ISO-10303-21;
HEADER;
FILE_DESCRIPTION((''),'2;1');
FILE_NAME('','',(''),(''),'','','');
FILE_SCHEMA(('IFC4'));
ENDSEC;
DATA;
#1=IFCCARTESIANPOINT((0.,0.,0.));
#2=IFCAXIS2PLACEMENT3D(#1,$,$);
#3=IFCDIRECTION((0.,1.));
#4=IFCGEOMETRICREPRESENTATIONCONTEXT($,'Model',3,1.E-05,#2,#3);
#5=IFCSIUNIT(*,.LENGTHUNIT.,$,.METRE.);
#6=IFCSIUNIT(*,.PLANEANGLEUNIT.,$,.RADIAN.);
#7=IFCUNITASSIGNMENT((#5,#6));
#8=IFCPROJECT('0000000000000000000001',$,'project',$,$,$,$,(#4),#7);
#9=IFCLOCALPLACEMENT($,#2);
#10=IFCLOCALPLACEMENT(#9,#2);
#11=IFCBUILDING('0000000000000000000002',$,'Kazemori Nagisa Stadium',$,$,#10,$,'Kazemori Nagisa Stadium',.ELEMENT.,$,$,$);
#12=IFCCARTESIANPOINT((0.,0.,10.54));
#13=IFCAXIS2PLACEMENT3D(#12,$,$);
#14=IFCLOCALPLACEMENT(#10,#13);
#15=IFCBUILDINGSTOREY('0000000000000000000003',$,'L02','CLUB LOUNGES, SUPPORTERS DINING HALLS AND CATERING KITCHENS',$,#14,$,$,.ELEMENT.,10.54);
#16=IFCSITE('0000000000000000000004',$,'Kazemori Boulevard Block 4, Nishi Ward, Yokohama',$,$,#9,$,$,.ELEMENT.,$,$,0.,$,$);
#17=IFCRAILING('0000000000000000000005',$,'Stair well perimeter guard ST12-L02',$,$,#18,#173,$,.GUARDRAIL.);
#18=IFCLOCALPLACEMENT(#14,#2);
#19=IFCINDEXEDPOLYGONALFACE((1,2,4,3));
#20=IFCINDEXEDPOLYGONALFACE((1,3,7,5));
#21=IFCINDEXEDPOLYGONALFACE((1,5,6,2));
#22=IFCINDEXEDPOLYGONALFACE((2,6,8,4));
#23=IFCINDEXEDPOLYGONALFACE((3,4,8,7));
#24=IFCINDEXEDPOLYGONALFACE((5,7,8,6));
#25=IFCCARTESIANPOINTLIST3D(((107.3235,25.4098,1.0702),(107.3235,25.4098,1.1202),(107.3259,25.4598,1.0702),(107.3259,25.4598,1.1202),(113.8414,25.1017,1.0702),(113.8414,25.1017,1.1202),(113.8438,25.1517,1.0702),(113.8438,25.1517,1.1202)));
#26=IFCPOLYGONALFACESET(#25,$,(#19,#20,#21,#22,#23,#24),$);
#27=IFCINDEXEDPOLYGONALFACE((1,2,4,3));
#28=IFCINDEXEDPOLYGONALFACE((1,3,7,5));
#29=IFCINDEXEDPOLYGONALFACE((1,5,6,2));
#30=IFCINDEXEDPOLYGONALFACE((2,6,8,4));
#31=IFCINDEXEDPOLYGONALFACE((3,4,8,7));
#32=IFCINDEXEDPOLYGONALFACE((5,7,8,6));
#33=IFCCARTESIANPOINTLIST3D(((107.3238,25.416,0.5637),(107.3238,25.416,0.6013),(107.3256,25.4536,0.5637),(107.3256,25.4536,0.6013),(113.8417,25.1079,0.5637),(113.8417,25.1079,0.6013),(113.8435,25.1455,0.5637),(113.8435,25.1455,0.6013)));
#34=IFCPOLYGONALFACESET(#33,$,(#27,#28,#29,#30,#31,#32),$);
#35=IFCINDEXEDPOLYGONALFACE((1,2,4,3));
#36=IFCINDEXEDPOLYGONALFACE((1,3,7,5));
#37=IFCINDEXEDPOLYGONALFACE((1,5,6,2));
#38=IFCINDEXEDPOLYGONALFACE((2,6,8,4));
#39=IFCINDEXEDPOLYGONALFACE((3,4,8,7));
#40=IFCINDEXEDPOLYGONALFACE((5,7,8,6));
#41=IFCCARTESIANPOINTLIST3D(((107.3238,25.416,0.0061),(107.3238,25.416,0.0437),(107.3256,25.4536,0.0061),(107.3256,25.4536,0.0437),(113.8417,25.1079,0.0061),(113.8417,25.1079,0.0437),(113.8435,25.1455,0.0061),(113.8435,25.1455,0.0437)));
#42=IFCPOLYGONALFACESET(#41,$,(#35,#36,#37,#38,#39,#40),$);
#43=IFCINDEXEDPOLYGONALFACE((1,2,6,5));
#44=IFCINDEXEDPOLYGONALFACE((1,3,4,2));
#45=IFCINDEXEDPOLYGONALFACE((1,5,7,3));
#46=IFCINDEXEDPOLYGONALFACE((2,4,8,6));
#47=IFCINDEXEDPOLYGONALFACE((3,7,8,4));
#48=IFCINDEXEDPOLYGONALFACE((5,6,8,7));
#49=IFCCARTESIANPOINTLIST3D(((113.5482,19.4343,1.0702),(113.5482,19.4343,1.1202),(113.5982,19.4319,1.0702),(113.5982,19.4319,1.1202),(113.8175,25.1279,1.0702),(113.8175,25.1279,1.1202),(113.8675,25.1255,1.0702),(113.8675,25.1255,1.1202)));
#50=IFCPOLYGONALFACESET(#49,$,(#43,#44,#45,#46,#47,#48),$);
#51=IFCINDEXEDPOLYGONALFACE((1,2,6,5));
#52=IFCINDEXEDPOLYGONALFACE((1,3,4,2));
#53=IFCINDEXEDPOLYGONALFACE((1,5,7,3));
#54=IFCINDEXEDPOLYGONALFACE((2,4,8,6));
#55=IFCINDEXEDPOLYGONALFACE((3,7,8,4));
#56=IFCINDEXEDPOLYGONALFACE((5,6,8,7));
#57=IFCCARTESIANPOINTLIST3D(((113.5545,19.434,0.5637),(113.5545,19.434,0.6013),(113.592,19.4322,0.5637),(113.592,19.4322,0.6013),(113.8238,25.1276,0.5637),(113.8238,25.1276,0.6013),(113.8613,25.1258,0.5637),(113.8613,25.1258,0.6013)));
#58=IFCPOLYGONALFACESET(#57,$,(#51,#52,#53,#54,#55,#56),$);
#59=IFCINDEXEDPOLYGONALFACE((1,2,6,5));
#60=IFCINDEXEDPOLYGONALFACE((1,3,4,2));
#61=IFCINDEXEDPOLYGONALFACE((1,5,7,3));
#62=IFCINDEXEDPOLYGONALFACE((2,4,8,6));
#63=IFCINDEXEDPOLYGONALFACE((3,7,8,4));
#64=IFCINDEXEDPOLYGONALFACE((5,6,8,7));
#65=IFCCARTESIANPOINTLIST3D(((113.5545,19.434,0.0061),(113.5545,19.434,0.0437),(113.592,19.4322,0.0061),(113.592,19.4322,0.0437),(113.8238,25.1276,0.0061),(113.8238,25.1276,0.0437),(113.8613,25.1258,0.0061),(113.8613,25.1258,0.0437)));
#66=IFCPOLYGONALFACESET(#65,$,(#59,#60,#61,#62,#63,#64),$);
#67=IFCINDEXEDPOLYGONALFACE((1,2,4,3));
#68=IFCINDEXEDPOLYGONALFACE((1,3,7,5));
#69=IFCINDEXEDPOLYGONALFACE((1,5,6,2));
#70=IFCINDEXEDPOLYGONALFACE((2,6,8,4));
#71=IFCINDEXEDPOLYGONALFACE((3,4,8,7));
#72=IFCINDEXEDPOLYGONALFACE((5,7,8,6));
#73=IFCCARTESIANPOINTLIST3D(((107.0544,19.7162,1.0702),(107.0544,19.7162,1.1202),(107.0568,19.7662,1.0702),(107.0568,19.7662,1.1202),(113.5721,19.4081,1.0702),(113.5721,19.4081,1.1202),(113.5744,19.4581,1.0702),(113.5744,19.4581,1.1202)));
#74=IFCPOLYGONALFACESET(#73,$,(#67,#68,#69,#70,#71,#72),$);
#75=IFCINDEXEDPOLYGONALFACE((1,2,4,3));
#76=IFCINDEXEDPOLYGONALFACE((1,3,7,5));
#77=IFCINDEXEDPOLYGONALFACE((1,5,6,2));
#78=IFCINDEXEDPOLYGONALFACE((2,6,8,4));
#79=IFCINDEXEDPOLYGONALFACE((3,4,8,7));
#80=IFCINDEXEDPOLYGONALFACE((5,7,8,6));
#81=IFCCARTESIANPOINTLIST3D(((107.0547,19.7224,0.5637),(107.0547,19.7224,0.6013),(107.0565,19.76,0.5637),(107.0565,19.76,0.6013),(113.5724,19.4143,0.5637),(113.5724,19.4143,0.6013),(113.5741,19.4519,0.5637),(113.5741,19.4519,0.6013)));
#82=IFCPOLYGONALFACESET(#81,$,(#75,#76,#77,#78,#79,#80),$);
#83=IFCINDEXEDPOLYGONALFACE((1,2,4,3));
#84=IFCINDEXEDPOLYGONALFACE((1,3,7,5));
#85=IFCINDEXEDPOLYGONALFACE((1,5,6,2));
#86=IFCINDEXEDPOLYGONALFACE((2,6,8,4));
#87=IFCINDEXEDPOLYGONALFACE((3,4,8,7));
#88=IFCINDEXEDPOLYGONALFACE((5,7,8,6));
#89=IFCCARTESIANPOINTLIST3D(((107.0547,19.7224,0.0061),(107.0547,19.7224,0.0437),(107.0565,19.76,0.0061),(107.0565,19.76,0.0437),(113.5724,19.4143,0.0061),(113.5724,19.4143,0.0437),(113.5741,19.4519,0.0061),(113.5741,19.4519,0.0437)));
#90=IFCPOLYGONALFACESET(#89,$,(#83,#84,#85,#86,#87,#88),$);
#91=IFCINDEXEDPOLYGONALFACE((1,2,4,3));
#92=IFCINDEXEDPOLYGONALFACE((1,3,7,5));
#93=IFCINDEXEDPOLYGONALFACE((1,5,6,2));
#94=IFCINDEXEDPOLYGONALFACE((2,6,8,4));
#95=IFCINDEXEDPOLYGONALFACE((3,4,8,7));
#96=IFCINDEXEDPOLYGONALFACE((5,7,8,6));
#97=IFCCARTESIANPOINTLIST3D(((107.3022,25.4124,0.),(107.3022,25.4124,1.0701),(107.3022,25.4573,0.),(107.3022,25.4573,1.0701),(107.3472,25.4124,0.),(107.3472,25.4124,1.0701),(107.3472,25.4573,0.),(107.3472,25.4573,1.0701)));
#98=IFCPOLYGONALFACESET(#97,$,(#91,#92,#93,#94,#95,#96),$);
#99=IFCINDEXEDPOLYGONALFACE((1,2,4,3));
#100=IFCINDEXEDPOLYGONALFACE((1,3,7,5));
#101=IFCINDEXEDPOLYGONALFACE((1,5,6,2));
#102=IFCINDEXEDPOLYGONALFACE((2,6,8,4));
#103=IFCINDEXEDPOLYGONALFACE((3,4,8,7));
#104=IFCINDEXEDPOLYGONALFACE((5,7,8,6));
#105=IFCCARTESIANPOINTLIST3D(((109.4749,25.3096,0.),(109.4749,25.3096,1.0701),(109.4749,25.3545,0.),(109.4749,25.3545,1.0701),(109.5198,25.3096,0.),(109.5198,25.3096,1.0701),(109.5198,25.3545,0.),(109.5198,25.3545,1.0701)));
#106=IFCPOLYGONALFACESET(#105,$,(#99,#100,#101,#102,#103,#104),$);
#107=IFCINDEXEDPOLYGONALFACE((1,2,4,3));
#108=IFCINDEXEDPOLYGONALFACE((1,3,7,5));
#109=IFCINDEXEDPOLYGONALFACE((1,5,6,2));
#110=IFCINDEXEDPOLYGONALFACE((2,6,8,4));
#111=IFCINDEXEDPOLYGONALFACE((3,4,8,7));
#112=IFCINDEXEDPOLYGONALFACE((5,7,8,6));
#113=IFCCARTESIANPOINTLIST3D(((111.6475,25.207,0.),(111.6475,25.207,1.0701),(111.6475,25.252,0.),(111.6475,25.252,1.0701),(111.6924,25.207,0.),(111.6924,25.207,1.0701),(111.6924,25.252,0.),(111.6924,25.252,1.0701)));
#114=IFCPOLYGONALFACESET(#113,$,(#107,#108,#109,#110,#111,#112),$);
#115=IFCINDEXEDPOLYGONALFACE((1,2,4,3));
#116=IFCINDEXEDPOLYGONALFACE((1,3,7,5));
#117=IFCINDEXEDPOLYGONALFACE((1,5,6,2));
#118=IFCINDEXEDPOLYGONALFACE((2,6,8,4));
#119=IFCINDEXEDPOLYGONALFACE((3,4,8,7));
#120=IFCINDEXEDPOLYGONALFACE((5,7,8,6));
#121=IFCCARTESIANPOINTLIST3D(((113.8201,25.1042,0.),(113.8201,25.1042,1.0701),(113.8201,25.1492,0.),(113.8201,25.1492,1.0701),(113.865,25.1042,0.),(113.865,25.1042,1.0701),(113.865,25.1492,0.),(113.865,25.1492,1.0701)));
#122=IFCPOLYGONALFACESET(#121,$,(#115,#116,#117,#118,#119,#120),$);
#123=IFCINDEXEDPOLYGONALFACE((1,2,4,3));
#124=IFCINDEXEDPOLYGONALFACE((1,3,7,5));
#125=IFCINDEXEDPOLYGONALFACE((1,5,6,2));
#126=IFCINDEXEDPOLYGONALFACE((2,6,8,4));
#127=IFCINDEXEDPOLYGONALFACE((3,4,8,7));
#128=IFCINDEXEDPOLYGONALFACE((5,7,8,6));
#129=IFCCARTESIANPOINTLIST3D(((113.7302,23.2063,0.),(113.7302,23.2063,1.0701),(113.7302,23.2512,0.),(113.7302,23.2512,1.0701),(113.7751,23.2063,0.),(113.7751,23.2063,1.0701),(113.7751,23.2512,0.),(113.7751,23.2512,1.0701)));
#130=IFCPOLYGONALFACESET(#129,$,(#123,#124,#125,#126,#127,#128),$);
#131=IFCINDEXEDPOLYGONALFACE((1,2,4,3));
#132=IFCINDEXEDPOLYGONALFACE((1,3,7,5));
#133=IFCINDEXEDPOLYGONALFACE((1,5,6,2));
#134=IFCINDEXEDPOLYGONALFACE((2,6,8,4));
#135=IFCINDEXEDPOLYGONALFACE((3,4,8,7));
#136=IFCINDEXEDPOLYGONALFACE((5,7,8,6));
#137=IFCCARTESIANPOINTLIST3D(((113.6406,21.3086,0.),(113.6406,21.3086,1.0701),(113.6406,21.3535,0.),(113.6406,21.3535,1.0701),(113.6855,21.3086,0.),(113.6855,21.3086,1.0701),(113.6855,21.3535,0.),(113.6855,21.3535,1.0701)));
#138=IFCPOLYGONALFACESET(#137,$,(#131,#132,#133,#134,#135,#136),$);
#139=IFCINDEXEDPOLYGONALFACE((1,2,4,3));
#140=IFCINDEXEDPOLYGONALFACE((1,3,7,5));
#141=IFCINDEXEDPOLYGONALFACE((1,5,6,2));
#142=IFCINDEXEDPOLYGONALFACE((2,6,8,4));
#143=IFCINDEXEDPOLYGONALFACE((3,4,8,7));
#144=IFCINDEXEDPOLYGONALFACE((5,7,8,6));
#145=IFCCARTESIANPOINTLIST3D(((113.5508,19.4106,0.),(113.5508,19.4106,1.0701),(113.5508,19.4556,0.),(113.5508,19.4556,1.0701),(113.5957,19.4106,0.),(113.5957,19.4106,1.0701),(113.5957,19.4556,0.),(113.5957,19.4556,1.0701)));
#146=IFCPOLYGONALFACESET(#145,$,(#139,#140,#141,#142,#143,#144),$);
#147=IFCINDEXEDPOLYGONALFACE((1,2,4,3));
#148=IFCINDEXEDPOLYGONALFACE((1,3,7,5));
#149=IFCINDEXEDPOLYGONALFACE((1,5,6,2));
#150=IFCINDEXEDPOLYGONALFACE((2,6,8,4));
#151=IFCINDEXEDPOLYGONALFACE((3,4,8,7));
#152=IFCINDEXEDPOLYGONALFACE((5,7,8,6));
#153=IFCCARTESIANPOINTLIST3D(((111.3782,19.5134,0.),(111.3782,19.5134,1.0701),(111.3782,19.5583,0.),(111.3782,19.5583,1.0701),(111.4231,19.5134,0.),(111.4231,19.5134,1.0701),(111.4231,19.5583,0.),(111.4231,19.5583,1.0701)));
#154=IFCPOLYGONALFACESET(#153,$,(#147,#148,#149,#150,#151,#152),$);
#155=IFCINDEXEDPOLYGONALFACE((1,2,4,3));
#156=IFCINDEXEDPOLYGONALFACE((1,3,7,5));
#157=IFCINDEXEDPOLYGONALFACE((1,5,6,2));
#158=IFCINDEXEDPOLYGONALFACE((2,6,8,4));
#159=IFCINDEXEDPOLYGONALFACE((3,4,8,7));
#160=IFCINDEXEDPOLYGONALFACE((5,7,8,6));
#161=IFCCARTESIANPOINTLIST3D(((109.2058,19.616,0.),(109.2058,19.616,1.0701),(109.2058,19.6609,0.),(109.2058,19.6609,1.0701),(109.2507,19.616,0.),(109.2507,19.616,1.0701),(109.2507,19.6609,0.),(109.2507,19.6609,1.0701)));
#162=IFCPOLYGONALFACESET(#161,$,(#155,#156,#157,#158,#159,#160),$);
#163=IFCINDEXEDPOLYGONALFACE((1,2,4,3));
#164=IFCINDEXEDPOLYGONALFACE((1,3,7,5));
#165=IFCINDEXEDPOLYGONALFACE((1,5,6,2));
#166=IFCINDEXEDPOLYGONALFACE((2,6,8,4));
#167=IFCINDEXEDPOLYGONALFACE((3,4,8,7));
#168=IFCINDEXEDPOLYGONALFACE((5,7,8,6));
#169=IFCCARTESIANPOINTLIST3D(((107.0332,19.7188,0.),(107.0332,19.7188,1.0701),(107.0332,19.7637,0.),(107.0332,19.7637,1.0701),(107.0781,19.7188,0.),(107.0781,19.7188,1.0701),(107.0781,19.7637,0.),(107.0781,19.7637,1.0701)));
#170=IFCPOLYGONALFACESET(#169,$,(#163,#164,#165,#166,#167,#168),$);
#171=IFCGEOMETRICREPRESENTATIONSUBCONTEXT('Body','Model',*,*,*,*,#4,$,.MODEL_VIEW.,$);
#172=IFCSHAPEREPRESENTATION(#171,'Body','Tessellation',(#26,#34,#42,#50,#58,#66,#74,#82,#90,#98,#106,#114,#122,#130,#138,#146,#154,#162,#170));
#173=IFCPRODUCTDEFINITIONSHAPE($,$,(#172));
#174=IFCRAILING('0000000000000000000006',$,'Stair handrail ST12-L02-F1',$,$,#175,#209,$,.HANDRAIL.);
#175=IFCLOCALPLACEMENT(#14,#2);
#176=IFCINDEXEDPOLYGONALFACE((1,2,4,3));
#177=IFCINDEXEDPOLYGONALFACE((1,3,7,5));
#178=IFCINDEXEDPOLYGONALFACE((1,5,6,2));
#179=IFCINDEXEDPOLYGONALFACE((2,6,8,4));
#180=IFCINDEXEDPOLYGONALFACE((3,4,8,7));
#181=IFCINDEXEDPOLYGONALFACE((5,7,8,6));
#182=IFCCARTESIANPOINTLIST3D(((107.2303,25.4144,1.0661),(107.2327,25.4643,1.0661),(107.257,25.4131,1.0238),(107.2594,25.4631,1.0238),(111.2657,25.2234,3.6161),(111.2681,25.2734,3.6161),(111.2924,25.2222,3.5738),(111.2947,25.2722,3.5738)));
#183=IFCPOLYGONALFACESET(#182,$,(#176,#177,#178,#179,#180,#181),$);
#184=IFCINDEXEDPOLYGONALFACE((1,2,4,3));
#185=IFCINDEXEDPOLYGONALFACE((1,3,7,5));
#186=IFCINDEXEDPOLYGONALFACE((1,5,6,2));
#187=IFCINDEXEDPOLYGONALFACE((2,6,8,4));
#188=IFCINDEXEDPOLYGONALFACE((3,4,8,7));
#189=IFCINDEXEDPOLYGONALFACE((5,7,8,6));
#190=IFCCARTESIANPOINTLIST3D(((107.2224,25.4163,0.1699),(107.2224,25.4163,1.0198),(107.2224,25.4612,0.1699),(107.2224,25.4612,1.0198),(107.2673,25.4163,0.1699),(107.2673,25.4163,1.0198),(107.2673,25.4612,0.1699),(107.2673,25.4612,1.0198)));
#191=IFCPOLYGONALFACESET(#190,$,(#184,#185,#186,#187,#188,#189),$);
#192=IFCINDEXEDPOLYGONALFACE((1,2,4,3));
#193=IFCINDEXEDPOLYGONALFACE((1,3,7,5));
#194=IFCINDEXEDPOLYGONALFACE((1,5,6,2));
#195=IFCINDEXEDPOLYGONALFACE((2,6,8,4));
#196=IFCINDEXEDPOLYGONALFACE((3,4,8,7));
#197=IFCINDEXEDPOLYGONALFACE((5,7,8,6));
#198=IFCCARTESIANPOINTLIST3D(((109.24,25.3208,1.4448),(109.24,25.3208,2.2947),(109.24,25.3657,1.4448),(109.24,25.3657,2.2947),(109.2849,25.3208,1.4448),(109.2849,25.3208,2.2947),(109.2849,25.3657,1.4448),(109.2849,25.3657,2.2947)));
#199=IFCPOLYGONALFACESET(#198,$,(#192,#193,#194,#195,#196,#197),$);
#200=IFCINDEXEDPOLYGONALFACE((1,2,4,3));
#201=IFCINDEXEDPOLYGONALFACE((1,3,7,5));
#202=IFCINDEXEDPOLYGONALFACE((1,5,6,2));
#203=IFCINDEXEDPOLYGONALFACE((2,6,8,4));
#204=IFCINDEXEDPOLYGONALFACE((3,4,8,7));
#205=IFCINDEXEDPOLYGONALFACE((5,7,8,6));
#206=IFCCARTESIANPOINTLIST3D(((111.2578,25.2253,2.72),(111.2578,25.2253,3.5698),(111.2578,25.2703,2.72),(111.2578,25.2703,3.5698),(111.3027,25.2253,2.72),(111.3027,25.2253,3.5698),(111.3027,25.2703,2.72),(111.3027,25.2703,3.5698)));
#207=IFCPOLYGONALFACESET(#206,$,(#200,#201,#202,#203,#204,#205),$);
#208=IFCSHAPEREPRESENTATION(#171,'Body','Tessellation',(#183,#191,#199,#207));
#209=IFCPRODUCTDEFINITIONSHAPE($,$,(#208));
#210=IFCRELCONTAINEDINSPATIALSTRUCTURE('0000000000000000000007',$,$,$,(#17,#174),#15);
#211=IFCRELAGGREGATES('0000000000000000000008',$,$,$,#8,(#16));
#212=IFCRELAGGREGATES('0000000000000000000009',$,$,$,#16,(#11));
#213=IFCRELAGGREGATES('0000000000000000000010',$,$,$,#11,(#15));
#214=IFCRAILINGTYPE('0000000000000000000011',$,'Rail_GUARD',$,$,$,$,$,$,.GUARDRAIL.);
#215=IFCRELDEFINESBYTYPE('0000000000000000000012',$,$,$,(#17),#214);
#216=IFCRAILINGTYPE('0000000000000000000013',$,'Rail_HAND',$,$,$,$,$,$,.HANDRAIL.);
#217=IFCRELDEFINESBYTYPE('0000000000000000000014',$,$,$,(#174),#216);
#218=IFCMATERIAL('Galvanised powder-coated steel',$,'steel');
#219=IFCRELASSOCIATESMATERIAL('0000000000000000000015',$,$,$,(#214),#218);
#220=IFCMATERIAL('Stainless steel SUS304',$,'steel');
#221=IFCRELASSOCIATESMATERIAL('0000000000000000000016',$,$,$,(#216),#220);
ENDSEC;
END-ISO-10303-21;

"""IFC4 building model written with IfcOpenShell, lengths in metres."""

from ifc_helpers import new_model, si_unit, direction, frame, origin, origin_2d, place, context, subcontext, project, spatial, rectangle, extrude, material, type_object, element, save


model = new_model("IFC4")

# Units and contexts
model_context = context("Model", 3, precision=1e-05, world=origin(), true_north=direction((0.0, 1.0)))
body_context = subcontext(model_context, "Body", "Model", "MODEL_VIEW")
ifc_project = project(units=[si_unit("LENGTHUNIT", "METRE"), si_unit("PLANEANGLEUNIT", "RADIAN")], contexts=[model_context])

# Site, building, storey
site_placement = place(None, origin())
site = spatial("IfcSite", under=ifc_project, at=site_placement, Name="Kazemori Boulevard Block 4, Nishi Ward, Yokohama", CompositionType="ELEMENT", RefElevation=0.0)
building_placement = place(site_placement, origin())
building = spatial("IfcBuilding", under=site, at=building_placement, Name="Kazemori Nagisa Stadium", LongName="Kazemori Nagisa Stadium", CompositionType="ELEMENT")
storey_placement = place(building_placement, frame((0.0, 0.0, 10.54)))
storey = spatial("IfcBuildingStorey", under=building, at=storey_placement, Name="L02", Description="CLUB LOUNGES, SUPPORTERS DINING HALLS AND CATERING KITCHENS", CompositionType="ELEMENT", Elevation=10.54)

# Railings
ifc_material_1 = material(Name="Galvanised powder-coated steel", Category="steel")
railing_type_1 = type_object("IfcRailingType", Name="Rail_GUARD", PredefinedType="GUARDRAIL", material=ifc_material_1)
railing_1_placement = place(storey_placement, frame((107.3247, 25.4348, 0.0)))
element("IfcRailing", 1, at=railing_1_placement, inside=storey, type_object=railing_type_1, Name="Stair well perimeter guard ST12-L02", PredefinedType="GUARDRAIL", context=body_context, shape_type="SweptSolid", body=[
    extrude(rectangle(XDim=0.05, YDim=0.05, at=origin_2d()), frame((0.0, 0.0, 1.0952), z_axis=(0.998885, -0.047219, 0.0), x_axis=(0.047219, 0.998885, 0.0)), (0.0, 0.0, 1.0), 6.5251),
    extrude(rectangle(XDim=0.0376, YDim=0.0376, at=origin_2d()), frame((0.0, 0.0, 0.5825), z_axis=(0.998885, -0.047219, 0.0), x_axis=(0.047219, 0.998885, 0.0)), (0.0, 0.0, 1.0), 6.5251),
    extrude(rectangle(XDim=0.0376, YDim=0.0376, at=origin_2d()), frame((0.0, 0.0, 0.0249), z_axis=(0.998885, -0.047219, 0.0), x_axis=(0.047219, 0.998885, 0.0)), (0.0, 0.0, 1.0), 6.5251),
    extrude(rectangle(XDim=0.05, YDim=0.05, at=origin_2d()), frame((6.5178, -0.3081, 1.0952), z_axis=(-0.047244, -0.998883, 0.0), x_axis=(0.998883, -0.047244, 0.0)), (0.0, 0.0, 1.0), 5.7),
    extrude(rectangle(XDim=0.0376, YDim=0.0376, at=origin_2d()), frame((6.5178, -0.3081, 0.5825), z_axis=(-0.047244, -0.998883, 0.0), x_axis=(0.998883, -0.047244, 0.0)), (0.0, 0.0, 1.0), 5.7),
    extrude(rectangle(XDim=0.0376, YDim=0.0376, at=origin_2d()), frame((6.5178, -0.3081, 0.0249), z_axis=(-0.047244, -0.998883, 0.0), x_axis=(0.998883, -0.047244, 0.0)), (0.0, 0.0, 1.0), 5.7),
    extrude(rectangle(XDim=0.05, YDim=0.05, at=origin_2d()), frame((6.2485, -6.0017, 1.0952), z_axis=(-0.998885, 0.04722, 0.0), x_axis=(-0.04722, -0.998885, 0.0)), (0.0, 0.0, 1.0), 6.5249),
    extrude(rectangle(XDim=0.0376, YDim=0.0376, at=origin_2d()), frame((6.2485, -6.0017, 0.5825), z_axis=(-0.998885, 0.04722, 0.0), x_axis=(-0.04722, -0.998885, 0.0)), (0.0, 0.0, 1.0), 6.5249),
    extrude(rectangle(XDim=0.0376, YDim=0.0376, at=origin_2d()), frame((6.2485, -6.0017, 0.0249), z_axis=(-0.998885, 0.04722, 0.0), x_axis=(-0.04722, -0.998885, 0.0)), (0.0, 0.0, 1.0), 6.5249),
    extrude(rectangle(XDim=0.0449, YDim=0.0449, at=origin_2d()), origin(), (0.0, 0.0, 1.0), 1.0701),
    extrude(rectangle(XDim=0.0449, YDim=0.0449, at=origin_2d()), frame((2.1726, -0.1028, 0.0)), (0.0, 0.0, 1.0), 1.0701),
    extrude(rectangle(XDim=0.0449, YDim=0.0449, at=origin_2d()), frame((4.3452, -0.2053, 0.0)), (0.0, 0.0, 1.0), 1.0701),
    extrude(rectangle(XDim=0.0449, YDim=0.0449, at=origin_2d()), frame((6.5178, -0.3081, 0.0)), (0.0, 0.0, 1.0), 1.0701),
    extrude(rectangle(XDim=0.0449, YDim=0.0449, at=origin_2d()), frame((6.428, -2.2061, 0.0)), (0.0, 0.0, 1.0), 1.0701),
    extrude(rectangle(XDim=0.0449, YDim=0.0449, at=origin_2d()), frame((6.3384, -4.1038, 0.0)), (0.0, 0.0, 1.0), 1.0701),
    extrude(rectangle(XDim=0.0449, YDim=0.0449, at=origin_2d()), frame((6.2485, -6.0017, 0.0)), (0.0, 0.0, 1.0), 1.0701),
    extrude(rectangle(XDim=0.0449, YDim=0.0449, at=origin_2d()), frame((4.0759, -5.8989, 0.0)), (0.0, 0.0, 1.0), 1.0701),
    extrude(rectangle(XDim=0.0449, YDim=0.0449, at=origin_2d()), frame((1.9036, -5.7964, 0.0)), (0.0, 0.0, 1.0), 1.0701),
    extrude(rectangle(XDim=0.0449, YDim=0.0449, at=origin_2d()), frame((-0.269, -5.6936, 0.0)), (0.0, 0.0, 1.0), 1.0701),
])
ifc_material_2 = material(Name="Stainless steel SUS304", Category="steel")
railing_type_2 = type_object("IfcRailingType", Name="Rail_HAND", PredefinedType="HANDRAIL", material=ifc_material_2)
railing_2_placement = place(storey_placement, frame((107.2449, 25.4387, 0.1699)))
element("IfcRailing", 2, at=railing_2_placement, inside=storey, type_object=railing_type_2, Name="Stair handrail ST12-L02-F1", PredefinedType="HANDRAIL", context=body_context, shape_type="SweptSolid", body=[
    extrude(rectangle(XDim=0.05, YDim=0.05, at=origin_2d()), frame((0.0, 0.0, 0.875), z_axis=(0.844684, -0.039963, 0.533772), x_axis=(0.047258, 0.998883, 0.0)), (0.0, 0.0, 1.0), 4.7773),
    extrude(rectangle(XDim=0.0449, YDim=0.0449, at=origin_2d()), origin(), (0.0, 0.0, 1.0), 0.8499),
    extrude(rectangle(XDim=0.0449, YDim=0.0449, at=origin_2d()), frame((2.0176, -0.0955, 1.2749)), (0.0, 0.0, 1.0), 0.8499),
    extrude(rectangle(XDim=0.0449, YDim=0.0449, at=origin_2d()), frame((4.0354, -0.1909, 2.55)), (0.0, 0.0, 1.0), 0.8499),
])

save(model, "model.ifc")
